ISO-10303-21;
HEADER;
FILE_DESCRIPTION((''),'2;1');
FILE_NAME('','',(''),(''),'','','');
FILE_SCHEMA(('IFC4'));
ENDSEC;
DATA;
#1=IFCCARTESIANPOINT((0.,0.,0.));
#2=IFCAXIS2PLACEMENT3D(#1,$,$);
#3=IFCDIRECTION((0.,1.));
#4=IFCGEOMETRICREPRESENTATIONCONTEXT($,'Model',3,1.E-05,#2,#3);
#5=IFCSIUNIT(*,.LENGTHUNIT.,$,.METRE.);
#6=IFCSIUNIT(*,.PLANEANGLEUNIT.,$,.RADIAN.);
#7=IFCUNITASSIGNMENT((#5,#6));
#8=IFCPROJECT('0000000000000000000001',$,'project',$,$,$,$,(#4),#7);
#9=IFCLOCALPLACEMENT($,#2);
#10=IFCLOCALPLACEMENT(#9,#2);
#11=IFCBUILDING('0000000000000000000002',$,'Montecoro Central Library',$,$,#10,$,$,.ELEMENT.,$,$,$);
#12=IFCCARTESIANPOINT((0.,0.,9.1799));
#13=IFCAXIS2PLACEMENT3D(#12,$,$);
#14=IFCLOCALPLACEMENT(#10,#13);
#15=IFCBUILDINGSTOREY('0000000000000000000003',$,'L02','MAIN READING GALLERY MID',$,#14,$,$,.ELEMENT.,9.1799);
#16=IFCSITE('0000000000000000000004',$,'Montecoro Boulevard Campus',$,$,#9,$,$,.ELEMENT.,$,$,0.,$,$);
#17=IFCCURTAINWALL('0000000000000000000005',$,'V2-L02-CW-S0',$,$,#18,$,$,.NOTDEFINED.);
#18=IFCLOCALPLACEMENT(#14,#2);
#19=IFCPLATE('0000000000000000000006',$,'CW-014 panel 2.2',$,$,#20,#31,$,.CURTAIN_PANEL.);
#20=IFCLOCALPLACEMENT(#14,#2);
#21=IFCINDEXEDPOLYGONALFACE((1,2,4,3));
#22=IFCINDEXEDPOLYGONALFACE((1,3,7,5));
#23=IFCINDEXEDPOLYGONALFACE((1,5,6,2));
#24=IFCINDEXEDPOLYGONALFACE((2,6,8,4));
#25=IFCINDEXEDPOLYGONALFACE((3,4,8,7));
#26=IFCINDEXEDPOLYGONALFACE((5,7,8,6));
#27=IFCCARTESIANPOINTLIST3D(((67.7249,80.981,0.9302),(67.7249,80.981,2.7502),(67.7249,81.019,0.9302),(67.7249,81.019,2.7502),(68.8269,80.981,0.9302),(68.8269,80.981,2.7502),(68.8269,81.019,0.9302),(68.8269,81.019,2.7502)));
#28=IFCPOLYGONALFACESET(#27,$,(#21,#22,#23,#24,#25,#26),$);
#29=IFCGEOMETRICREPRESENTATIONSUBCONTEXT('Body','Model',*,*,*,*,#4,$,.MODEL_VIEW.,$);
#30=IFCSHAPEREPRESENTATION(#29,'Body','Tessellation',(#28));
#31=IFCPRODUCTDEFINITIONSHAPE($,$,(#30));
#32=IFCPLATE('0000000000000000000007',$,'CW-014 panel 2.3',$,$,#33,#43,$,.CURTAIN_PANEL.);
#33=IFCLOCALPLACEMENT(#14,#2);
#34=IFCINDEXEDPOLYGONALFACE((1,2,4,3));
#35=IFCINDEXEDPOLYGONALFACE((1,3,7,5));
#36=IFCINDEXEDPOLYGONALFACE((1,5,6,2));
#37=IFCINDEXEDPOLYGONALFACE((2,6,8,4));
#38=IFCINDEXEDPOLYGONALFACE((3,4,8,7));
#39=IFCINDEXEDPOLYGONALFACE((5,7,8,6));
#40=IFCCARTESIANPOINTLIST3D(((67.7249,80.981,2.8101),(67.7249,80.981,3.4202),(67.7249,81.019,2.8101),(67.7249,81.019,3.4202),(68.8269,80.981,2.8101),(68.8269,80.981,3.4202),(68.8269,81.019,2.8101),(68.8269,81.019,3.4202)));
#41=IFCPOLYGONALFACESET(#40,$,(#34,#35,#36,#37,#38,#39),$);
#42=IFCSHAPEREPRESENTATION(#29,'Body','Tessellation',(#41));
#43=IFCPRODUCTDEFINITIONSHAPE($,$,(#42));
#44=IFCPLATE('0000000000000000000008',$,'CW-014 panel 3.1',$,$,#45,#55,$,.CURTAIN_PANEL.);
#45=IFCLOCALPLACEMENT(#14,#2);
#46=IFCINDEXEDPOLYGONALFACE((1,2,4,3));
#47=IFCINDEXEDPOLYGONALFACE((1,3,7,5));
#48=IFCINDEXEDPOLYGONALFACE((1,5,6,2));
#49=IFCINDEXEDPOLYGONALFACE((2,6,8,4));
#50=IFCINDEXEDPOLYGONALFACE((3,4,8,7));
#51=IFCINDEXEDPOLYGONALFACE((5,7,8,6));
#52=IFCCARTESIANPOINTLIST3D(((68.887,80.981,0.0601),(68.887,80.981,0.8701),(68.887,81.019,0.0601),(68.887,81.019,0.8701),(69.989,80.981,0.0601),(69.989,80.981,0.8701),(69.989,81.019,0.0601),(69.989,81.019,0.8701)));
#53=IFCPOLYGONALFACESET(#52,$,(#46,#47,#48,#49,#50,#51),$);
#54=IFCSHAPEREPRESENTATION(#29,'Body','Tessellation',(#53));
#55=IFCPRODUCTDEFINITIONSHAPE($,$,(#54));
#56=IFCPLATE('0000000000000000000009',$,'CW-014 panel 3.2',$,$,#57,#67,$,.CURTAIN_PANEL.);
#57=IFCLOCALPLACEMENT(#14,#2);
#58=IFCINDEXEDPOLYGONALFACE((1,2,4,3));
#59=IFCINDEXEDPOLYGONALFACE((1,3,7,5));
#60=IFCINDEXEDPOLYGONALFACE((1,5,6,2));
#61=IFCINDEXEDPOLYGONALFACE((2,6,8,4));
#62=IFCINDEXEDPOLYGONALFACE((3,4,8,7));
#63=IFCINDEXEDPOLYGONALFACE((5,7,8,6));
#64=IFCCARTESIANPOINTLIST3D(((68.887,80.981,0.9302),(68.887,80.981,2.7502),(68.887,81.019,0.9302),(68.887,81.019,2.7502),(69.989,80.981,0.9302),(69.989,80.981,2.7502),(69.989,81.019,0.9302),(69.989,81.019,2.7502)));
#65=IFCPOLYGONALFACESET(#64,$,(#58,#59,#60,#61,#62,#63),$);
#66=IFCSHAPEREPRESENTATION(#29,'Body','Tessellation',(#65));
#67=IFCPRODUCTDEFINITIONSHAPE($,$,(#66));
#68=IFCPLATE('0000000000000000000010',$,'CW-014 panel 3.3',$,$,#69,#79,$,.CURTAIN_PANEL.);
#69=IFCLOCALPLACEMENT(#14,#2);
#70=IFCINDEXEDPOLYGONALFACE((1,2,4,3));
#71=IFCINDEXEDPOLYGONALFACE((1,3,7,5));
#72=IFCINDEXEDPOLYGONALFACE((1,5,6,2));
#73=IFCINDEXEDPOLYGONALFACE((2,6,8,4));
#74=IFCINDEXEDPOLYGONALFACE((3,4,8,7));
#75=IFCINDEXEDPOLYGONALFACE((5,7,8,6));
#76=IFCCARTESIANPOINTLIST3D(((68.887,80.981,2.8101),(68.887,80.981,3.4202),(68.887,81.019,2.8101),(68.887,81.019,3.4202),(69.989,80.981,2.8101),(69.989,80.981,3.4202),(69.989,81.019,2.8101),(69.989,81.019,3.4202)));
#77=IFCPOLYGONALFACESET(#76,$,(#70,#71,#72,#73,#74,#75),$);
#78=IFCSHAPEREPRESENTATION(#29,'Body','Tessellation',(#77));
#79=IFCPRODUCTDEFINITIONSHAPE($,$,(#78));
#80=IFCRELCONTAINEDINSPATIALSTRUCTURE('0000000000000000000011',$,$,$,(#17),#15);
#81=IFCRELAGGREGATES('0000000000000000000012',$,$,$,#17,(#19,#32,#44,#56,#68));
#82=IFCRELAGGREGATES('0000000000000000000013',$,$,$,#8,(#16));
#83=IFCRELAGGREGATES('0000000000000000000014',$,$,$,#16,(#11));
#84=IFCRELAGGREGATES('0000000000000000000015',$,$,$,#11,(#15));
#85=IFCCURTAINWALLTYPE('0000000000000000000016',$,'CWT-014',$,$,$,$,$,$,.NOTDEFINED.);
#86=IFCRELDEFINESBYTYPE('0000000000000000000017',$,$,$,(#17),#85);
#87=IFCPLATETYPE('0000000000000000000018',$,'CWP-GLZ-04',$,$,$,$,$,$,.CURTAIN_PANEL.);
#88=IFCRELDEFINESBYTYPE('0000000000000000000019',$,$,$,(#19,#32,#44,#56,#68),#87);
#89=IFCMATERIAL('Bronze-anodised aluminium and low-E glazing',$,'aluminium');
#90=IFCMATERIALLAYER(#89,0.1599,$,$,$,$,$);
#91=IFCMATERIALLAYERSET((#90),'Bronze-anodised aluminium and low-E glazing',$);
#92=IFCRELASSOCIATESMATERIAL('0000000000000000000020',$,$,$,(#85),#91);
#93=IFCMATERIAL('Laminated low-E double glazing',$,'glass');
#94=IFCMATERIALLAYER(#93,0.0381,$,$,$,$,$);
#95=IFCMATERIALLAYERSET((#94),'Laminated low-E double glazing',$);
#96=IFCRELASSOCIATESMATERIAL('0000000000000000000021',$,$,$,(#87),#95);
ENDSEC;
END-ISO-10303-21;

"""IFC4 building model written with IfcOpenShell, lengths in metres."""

from ifc_helpers import new_model, si_unit, direction, frame, origin, origin_2d, place, context, subcontext, project, spatial, rectangle, extrude, material, layer, layer_set, type_object, element, aggregate, save


model = new_model("IFC4")

# Units and contexts
model_context = context("Model", 3, precision=1e-05, world=origin(), true_north=direction((0.0, 1.0)))
body_context = subcontext(model_context, "Body", "Model", "MODEL_VIEW")
ifc_project = project(units=[si_unit("LENGTHUNIT", "METRE"), si_unit("PLANEANGLEUNIT", "RADIAN")], contexts=[model_context])

# Site, building, storey
site_placement = place(None, origin())
site = spatial("IfcSite", under=ifc_project, at=site_placement, Name="Montecoro Boulevard Campus", CompositionType="ELEMENT", RefElevation=0.0)
building_placement = place(site_placement, origin())
building = spatial("IfcBuilding", under=site, at=building_placement, Name="Montecoro Central Library", CompositionType="ELEMENT")
storey_placement = place(building_placement, frame((0.0, 0.0, 9.1799)))
storey = spatial("IfcBuildingStorey", under=building, at=storey_placement, Name="L02", Description="MAIN READING GALLERY MID", CompositionType="ELEMENT", Elevation=9.1799)

# Curtain wall, plates
ifc_material_1 = material(Name="Bronze-anodised aluminium and low-E glazing", Category="aluminium")
ifc_layer_1 = layer(ifc_material_1, 0.1599)
ifc_layer_set_1 = layer_set([ifc_layer_1], Name="Bronze-anodised aluminium and low-E glazing")
curtain_wall_type = type_object("IfcCurtainWallType", Name="CWT-014", PredefinedType="NOTDEFINED", material=ifc_layer_set_1)
curtain_wall_placement = place(storey_placement, origin())
curtain_wall = element("IfcCurtainWall", 1, at=curtain_wall_placement, inside=storey, type_object=curtain_wall_type, Name="V2-L02-CW-S0", PredefinedType="NOTDEFINED")
ifc_material_2 = material(Name="Laminated low-E double glazing", Category="glass")
ifc_layer_2 = layer(ifc_material_2, 0.0381)
ifc_layer_set_2 = layer_set([ifc_layer_2], Name="Laminated low-E double glazing")
plate_type = type_object("IfcPlateType", Name="CWP-GLZ-04", PredefinedType="CURTAIN_PANEL", material=ifc_layer_set_2)
plate_1_placement = place(storey_placement, frame((68.2759, 81.0, 0.9302), z_axis=(0.0, 0.0, 1.0), x_axis=(1.0, 0.0, 0.0)))
plate_1 = element("IfcPlate", 2, at=plate_1_placement, type_object=plate_type, Name="CW-014 panel 2.2", PredefinedType="CURTAIN_PANEL", context=body_context, shape_type="SweptSolid", body=[
    extrude(rectangle(XDim=1.1021, YDim=0.0381, at=origin_2d()), origin(), (0.0, 0.0, 1.0), 1.8201),
])
plate_2_placement = place(storey_placement, frame((68.2759, 81.0, 2.8101), z_axis=(0.0, 0.0, 1.0), x_axis=(1.0, 0.0, 0.0)))
plate_2 = element("IfcPlate", 3, at=plate_2_placement, type_object=plate_type, Name="CW-014 panel 2.3", PredefinedType="CURTAIN_PANEL", context=body_context, shape_type="SweptSolid", body=[
    extrude(rectangle(XDim=1.1021, YDim=0.0381, at=origin_2d()), origin(), (0.0, 0.0, 1.0), 0.6101),
])
plate_3_placement = place(storey_placement, frame((69.438, 81.0, 0.0601), z_axis=(0.0, 0.0, 1.0), x_axis=(1.0, 0.0, 0.0)))
plate_3 = element("IfcPlate", 4, at=plate_3_placement, type_object=plate_type, Name="CW-014 panel 3.1", PredefinedType="CURTAIN_PANEL", context=body_context, shape_type="SweptSolid", body=[
    extrude(rectangle(XDim=1.1021, YDim=0.0381, at=origin_2d()), origin(), (0.0, 0.0, 1.0), 0.8101),
])
plate_4_placement = place(storey_placement, frame((69.438, 81.0, 0.9302), z_axis=(0.0, 0.0, 1.0), x_axis=(1.0, 0.0, 0.0)))
plate_4 = element("IfcPlate", 5, at=plate_4_placement, type_object=plate_type, Name="CW-014 panel 3.2", PredefinedType="CURTAIN_PANEL", context=body_context, shape_type="SweptSolid", body=[
    extrude(rectangle(XDim=1.1021, YDim=0.0381, at=origin_2d()), origin(), (0.0, 0.0, 1.0), 1.8201),
])
plate_5_placement = place(storey_placement, frame((69.438, 81.0, 2.8101), z_axis=(0.0, 0.0, 1.0), x_axis=(1.0, 0.0, 0.0)))
plate_5 = element("IfcPlate", 6, at=plate_5_placement, type_object=plate_type, Name="CW-014 panel 3.3", PredefinedType="CURTAIN_PANEL", context=body_context, shape_type="SweptSolid", body=[
    extrude(rectangle(XDim=1.1021, YDim=0.0381, at=origin_2d()), origin(), (0.0, 0.0, 1.0), 0.6101),
])
aggregate(curtain_wall, [plate_1, plate_2, plate_3, plate_4, plate_5])

save(model, "model.ifc")
